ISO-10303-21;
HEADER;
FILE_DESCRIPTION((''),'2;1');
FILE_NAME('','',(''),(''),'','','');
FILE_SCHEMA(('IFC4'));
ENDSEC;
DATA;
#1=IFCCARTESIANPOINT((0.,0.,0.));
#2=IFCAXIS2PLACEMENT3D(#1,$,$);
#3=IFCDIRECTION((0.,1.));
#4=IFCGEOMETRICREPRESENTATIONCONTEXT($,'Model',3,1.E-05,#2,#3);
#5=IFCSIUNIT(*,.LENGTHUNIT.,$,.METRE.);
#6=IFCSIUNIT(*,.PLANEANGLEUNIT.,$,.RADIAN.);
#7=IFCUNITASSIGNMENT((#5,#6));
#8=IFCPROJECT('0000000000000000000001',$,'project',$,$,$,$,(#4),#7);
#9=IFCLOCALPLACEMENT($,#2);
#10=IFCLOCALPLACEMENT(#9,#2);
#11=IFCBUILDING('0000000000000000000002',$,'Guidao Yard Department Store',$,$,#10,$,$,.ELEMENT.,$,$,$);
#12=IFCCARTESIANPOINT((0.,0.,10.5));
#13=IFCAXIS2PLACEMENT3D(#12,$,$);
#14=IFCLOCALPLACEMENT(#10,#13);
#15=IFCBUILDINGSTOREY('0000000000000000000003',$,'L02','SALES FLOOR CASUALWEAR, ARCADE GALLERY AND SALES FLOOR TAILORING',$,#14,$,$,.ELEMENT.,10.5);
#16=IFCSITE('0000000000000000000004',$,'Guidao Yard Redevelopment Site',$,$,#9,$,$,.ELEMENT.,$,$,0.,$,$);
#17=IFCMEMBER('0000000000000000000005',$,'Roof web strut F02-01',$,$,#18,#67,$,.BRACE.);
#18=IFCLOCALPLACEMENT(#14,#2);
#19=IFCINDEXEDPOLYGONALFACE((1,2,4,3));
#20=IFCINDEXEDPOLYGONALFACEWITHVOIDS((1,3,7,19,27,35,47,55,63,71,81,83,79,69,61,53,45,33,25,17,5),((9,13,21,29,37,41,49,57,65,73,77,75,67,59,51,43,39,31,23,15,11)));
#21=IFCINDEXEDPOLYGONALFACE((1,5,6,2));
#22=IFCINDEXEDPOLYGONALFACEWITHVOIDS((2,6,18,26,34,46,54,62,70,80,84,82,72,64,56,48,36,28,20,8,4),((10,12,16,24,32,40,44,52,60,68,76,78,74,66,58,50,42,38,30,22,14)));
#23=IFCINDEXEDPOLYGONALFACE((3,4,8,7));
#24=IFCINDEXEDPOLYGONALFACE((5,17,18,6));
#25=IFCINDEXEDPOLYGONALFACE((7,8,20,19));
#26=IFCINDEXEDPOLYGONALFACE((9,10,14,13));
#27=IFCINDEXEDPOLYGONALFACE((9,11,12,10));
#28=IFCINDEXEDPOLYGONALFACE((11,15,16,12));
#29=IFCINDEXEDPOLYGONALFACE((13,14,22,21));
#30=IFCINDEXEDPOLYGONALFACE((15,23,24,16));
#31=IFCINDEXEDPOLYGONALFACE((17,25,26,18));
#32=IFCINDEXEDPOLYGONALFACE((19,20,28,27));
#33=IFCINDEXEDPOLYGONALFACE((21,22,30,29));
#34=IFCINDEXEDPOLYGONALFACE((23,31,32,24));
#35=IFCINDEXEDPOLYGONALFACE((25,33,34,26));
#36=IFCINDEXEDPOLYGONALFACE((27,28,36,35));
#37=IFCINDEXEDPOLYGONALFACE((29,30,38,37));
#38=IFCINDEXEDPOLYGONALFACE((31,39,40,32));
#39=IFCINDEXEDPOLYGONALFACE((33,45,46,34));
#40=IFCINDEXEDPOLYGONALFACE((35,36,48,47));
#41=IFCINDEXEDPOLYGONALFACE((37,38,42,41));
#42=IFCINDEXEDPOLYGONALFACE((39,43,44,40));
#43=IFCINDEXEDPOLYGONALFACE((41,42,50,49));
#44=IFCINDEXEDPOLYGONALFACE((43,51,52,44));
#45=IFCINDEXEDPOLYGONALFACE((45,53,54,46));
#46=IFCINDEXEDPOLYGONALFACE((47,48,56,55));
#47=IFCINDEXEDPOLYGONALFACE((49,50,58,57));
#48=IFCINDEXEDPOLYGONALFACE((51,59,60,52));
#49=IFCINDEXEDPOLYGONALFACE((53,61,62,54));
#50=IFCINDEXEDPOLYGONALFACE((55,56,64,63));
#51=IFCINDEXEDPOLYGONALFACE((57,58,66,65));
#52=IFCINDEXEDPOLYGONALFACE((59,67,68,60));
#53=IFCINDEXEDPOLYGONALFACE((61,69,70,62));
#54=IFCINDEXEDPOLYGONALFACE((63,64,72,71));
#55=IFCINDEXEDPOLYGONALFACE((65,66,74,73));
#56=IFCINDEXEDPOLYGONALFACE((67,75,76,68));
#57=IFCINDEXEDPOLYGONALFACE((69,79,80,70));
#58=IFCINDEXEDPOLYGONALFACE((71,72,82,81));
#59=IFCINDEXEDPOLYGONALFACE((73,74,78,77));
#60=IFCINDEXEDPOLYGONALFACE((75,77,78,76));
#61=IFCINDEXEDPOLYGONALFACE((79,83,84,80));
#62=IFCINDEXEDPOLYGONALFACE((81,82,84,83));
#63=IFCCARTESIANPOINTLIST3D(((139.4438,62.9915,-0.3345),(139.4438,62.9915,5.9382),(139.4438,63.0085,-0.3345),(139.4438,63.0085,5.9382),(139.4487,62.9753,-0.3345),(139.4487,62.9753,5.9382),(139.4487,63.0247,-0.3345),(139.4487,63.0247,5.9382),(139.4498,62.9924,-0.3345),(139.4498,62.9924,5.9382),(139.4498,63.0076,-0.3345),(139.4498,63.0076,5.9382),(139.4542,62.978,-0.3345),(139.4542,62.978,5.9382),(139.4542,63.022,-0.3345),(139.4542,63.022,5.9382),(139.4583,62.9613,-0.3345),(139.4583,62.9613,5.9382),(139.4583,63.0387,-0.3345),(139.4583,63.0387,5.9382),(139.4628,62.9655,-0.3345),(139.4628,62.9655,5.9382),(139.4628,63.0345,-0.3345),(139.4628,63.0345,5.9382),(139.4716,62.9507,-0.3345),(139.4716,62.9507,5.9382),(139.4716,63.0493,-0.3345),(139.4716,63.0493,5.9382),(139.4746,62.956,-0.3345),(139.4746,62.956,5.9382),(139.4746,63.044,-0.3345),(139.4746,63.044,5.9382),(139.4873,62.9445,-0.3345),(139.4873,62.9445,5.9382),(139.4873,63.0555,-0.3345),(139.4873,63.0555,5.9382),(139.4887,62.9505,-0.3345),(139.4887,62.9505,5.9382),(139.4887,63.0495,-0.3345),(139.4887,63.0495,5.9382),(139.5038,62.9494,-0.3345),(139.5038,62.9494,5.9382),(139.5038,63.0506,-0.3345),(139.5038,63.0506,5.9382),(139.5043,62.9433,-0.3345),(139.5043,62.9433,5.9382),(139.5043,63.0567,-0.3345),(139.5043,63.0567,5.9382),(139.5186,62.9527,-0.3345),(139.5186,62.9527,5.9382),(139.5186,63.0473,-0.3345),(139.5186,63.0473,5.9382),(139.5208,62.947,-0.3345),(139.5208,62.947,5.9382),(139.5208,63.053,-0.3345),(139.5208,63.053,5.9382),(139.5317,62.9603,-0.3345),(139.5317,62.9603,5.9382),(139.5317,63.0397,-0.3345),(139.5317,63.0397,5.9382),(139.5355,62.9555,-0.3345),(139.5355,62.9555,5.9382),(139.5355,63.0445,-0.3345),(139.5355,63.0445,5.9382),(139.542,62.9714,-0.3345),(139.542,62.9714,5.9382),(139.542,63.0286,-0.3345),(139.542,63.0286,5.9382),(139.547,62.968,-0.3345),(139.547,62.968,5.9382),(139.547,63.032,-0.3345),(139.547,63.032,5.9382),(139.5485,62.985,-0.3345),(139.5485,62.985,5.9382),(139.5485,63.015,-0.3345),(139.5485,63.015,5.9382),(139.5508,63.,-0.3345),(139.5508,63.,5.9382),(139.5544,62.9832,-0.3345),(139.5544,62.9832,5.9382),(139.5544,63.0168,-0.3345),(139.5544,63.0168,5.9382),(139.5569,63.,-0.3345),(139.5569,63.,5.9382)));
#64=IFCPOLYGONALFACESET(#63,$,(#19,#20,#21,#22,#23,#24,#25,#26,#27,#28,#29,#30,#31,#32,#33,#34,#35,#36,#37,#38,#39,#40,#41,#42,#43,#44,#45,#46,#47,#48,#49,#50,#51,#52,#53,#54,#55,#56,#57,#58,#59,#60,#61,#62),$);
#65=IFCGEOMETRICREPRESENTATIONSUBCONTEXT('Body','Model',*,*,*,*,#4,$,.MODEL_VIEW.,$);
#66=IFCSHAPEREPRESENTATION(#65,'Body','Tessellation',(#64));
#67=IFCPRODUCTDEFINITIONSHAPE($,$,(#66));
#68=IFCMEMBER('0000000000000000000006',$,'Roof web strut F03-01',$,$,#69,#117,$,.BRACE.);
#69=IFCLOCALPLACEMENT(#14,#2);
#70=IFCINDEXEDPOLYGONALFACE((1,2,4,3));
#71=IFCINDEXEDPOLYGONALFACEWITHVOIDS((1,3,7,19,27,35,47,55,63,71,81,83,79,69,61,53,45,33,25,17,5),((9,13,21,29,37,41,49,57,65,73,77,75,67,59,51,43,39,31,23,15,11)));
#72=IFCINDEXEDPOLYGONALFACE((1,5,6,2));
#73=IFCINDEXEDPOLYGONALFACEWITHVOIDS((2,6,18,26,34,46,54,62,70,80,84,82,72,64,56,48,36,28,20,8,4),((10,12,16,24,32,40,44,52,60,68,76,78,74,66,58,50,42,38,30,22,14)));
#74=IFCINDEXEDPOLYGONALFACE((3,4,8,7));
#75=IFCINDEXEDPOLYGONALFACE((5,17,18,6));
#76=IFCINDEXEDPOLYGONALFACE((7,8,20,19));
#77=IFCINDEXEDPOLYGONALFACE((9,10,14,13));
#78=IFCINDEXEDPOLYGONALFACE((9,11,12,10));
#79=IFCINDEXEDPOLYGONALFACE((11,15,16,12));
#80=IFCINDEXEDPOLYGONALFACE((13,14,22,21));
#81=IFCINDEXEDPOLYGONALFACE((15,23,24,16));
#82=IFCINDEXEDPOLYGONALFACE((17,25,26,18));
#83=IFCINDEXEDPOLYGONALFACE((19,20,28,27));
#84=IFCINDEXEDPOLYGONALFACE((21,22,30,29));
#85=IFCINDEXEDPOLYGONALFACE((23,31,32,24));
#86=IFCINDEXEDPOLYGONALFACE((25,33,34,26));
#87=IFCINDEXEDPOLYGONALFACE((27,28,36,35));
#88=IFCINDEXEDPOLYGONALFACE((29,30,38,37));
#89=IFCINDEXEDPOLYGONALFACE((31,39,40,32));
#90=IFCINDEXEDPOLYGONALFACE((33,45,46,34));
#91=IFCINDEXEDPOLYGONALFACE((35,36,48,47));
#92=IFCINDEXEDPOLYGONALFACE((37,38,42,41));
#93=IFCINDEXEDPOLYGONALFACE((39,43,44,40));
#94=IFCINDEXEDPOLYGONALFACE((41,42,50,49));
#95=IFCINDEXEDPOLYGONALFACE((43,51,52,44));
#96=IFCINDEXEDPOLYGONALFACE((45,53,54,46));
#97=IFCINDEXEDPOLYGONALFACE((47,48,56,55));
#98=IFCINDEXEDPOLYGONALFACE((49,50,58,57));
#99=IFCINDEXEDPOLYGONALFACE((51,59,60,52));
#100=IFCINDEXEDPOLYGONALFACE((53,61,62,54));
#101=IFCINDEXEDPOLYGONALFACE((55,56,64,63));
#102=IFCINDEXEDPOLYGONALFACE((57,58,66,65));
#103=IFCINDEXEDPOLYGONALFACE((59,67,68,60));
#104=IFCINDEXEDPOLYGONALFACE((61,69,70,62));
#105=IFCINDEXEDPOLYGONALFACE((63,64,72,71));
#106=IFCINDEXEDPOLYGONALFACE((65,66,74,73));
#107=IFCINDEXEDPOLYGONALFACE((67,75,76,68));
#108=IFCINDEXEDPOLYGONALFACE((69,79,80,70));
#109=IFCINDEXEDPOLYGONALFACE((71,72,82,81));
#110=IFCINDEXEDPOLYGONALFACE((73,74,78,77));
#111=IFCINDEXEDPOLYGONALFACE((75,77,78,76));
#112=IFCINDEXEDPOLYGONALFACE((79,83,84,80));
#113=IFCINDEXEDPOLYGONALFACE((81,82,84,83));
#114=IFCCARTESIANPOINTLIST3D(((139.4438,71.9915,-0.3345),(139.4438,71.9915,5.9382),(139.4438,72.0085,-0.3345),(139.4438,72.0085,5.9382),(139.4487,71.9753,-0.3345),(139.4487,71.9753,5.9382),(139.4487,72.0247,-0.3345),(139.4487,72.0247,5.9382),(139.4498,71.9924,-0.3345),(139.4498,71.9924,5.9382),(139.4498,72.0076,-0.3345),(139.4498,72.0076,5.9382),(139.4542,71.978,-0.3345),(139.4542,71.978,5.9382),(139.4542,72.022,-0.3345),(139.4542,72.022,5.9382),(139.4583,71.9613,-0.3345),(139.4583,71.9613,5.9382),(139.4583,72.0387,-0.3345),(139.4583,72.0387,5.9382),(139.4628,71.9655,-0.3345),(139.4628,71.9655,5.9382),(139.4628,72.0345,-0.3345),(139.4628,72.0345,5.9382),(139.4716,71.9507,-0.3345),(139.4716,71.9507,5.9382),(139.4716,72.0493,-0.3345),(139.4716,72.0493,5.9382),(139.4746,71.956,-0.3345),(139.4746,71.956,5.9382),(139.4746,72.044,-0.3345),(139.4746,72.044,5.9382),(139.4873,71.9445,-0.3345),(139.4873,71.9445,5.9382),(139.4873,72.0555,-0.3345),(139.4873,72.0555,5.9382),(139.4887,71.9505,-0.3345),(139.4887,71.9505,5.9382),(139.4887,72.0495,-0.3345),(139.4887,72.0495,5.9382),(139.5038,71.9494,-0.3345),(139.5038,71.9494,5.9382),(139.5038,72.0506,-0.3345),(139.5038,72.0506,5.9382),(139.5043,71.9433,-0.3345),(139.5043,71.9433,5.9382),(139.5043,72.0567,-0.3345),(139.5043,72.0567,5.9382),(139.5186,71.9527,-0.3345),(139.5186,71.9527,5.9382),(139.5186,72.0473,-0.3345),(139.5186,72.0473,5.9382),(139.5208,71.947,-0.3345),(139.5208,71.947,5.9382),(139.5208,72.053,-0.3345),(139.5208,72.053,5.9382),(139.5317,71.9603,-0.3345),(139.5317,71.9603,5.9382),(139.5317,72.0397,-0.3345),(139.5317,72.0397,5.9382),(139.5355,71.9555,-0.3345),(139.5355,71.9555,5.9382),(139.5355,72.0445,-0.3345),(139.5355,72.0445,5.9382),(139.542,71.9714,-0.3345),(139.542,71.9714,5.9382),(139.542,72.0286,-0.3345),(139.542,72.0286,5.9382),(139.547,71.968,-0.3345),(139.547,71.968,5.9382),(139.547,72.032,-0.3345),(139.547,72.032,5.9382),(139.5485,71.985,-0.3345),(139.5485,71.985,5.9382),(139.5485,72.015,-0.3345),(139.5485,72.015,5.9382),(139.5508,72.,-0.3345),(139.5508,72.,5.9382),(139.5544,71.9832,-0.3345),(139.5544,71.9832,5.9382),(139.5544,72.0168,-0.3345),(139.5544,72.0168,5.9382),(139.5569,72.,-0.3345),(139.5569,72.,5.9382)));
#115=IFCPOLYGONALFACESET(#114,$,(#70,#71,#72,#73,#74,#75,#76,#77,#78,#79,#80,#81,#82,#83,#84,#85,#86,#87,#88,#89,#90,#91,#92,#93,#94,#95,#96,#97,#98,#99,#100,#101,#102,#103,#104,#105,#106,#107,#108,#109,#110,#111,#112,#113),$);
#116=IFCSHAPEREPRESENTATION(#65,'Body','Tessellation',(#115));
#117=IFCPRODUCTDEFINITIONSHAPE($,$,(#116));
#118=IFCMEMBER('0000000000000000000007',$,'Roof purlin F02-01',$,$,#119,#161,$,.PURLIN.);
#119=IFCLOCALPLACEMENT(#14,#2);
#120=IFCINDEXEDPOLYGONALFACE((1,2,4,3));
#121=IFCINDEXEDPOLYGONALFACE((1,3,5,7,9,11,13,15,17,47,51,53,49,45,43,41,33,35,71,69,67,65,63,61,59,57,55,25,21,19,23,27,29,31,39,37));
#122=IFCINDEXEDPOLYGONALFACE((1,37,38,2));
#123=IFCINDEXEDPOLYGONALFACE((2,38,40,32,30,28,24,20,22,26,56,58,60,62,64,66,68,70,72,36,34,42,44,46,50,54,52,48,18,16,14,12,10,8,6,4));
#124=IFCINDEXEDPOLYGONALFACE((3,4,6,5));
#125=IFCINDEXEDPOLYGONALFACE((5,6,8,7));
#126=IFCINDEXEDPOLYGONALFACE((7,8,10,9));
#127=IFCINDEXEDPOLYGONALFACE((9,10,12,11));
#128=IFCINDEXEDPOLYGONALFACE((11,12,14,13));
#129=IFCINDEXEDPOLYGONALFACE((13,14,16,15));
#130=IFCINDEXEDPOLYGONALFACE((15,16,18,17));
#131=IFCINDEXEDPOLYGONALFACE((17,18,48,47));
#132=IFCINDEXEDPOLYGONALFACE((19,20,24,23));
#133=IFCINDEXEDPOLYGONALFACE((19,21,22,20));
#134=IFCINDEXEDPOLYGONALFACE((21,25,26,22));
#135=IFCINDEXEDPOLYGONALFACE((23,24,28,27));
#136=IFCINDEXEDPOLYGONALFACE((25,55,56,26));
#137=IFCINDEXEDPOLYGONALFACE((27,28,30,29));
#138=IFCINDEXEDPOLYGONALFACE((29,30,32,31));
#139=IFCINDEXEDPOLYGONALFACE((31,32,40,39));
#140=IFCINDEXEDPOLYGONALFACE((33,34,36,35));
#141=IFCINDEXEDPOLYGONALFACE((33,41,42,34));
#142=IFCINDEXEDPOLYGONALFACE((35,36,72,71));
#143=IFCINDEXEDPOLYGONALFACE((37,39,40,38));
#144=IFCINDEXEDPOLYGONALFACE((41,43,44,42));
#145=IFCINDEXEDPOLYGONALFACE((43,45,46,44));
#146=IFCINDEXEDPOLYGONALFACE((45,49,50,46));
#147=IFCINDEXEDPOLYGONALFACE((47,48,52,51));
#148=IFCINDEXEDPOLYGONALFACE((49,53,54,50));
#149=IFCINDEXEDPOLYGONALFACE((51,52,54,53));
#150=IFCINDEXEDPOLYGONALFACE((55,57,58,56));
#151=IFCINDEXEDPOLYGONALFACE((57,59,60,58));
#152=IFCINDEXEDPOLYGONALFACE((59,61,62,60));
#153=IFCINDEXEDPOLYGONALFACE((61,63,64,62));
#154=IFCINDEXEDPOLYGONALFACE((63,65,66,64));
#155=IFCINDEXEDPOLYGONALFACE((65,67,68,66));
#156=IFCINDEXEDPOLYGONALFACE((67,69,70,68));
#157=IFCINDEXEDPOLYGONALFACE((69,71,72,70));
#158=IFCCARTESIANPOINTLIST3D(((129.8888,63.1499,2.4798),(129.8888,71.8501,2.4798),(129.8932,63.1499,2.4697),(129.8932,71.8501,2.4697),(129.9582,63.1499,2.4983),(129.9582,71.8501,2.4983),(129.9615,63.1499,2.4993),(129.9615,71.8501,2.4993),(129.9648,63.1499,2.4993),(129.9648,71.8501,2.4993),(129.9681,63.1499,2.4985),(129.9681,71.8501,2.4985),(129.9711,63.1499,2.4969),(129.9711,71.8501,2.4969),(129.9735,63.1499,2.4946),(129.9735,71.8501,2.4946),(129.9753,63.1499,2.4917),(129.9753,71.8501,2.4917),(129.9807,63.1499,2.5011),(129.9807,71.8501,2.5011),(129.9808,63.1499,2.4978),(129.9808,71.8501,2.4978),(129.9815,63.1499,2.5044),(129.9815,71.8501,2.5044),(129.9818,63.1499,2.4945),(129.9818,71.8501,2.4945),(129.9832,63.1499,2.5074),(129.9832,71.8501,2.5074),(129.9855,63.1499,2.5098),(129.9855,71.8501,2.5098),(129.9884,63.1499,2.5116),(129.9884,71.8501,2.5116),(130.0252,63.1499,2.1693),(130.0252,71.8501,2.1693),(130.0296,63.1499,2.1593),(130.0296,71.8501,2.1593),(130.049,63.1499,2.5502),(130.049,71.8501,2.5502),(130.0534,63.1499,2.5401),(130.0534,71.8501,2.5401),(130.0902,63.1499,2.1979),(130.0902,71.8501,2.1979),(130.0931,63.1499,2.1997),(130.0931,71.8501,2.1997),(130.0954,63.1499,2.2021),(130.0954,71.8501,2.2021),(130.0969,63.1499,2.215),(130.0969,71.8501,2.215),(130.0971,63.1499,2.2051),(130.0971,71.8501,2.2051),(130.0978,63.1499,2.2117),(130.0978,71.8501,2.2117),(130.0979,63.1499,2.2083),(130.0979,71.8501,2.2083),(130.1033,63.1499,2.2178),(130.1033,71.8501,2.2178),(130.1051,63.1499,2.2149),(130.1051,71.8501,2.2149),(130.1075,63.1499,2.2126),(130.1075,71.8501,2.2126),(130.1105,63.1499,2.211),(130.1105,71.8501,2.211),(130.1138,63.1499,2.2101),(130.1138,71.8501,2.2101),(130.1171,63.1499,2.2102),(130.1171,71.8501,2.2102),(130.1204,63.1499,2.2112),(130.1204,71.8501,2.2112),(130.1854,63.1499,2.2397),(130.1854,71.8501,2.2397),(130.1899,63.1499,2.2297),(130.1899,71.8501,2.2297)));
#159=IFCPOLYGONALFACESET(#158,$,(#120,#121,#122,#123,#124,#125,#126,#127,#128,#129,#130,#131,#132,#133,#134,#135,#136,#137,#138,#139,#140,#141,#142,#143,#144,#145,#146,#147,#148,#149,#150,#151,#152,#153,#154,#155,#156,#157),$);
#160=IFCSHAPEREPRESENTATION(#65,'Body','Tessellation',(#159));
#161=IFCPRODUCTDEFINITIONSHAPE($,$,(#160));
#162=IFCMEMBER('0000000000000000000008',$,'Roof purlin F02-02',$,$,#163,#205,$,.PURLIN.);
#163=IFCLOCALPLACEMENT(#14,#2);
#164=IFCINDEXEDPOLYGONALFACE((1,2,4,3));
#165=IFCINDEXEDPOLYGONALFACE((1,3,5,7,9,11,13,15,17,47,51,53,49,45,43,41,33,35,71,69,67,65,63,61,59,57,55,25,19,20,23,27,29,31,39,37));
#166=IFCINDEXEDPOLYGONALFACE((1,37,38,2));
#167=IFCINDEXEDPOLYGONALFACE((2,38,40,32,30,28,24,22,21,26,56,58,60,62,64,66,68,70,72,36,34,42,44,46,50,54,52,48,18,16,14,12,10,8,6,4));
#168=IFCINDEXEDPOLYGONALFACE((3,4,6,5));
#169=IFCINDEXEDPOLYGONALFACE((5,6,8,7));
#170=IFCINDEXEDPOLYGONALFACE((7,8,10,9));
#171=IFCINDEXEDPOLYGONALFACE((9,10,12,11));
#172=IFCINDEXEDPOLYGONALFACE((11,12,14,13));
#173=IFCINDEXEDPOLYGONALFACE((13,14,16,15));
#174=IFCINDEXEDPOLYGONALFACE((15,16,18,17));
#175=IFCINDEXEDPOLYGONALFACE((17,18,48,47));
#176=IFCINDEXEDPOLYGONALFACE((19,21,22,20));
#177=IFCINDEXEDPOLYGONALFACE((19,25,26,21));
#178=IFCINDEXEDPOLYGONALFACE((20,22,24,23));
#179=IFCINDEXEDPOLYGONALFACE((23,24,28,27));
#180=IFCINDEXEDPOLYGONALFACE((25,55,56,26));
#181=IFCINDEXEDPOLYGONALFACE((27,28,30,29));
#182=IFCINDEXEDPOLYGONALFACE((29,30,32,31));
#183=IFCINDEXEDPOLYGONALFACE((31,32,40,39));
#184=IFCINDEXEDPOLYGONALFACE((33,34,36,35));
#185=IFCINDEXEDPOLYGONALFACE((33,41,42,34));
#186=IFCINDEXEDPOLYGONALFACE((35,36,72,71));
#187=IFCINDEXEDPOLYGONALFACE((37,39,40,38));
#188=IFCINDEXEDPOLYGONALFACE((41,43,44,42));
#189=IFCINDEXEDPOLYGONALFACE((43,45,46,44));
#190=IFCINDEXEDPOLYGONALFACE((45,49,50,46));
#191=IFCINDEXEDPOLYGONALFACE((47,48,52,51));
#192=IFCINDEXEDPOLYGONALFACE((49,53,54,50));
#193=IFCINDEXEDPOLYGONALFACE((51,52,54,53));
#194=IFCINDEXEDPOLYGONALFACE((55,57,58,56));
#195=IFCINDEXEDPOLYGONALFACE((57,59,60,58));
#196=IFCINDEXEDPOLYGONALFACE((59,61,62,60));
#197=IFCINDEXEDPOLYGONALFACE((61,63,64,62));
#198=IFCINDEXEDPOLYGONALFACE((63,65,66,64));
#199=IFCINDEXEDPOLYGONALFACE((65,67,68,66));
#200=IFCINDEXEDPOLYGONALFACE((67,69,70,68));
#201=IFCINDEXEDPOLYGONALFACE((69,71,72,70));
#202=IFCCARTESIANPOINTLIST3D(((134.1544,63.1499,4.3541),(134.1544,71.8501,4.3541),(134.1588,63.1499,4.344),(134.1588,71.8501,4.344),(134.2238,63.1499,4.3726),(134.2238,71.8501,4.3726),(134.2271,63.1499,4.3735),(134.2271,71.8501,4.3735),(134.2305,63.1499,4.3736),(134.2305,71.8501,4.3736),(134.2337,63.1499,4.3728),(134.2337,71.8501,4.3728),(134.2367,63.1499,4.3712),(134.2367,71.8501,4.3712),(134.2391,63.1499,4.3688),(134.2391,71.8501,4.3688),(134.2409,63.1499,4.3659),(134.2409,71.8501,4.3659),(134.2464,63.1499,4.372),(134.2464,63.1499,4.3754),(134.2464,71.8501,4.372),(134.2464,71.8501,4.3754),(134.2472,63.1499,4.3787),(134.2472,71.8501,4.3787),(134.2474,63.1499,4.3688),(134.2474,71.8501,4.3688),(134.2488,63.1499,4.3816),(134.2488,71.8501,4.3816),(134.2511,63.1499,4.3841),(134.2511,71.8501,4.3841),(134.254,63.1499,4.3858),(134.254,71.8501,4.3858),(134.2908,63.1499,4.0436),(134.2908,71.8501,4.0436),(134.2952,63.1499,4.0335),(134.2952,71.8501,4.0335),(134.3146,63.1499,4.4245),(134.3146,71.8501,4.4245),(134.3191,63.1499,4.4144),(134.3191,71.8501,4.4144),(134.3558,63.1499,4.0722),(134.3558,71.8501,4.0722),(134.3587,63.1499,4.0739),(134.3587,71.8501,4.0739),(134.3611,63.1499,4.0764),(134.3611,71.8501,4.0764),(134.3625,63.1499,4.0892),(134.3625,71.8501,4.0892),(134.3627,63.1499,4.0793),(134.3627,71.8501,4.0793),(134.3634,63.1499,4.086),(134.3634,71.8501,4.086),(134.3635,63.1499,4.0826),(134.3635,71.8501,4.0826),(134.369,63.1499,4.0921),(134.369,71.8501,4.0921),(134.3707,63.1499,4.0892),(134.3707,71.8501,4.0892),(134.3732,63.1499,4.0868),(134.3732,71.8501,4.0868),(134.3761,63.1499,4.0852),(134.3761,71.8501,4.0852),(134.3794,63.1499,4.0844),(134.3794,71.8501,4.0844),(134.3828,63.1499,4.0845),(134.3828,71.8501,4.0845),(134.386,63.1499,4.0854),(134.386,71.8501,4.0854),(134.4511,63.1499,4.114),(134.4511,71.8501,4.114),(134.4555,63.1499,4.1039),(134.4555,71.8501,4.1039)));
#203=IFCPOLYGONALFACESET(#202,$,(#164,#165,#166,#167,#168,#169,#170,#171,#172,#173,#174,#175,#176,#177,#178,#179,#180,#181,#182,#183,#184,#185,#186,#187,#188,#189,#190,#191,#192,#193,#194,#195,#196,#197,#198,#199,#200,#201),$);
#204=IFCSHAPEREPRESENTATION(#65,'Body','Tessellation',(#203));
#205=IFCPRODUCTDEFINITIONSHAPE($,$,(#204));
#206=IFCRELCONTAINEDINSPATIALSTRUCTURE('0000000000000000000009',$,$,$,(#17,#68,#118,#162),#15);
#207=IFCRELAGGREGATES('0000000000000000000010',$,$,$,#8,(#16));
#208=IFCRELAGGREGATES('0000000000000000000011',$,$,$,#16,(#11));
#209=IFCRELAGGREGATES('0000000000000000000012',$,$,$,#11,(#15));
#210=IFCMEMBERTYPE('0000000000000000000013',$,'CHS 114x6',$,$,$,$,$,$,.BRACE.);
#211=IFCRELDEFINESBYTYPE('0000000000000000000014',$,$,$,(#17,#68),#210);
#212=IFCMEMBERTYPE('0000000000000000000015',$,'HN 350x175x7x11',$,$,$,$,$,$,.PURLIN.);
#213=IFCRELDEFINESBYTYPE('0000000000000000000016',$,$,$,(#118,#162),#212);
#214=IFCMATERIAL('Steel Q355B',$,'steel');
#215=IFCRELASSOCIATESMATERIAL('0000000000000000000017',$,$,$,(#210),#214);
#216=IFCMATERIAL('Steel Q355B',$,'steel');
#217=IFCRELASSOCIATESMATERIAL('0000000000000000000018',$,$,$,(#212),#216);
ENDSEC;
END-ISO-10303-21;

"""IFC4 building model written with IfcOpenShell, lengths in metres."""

from ifc_helpers import new_model, si_unit, direction, frame, origin, origin_2d, place, context, subcontext, project, spatial, hollow_circle, i_section, extrude, material, material_profile, profile_set, type_object, element, save


model = new_model("IFC4")

# Units and contexts
model_context = context("Model", 3, precision=1e-05, world=origin(), true_north=direction((0.0, 1.0)))
body_context = subcontext(model_context, "Body", "Model", "MODEL_VIEW")
ifc_project = project(units=[si_unit("LENGTHUNIT", "METRE"), si_unit("PLANEANGLEUNIT", "RADIAN")], contexts=[model_context])

# Site, building, storey
site_placement = place(None, origin())
site = spatial("IfcSite", under=ifc_project, at=site_placement, Name="Guidao Yard Redevelopment Site", CompositionType="ELEMENT", RefElevation=0.0)
building_placement = place(site_placement, origin())
building = spatial("IfcBuilding", under=site, at=building_placement, Name="Guidao Yard Department Store", CompositionType="ELEMENT")
storey_placement = place(building_placement, frame((0.0, 0.0, 10.5)))
storey = spatial("IfcBuildingStorey", under=building, at=storey_placement, Name="L02", Description="SALES FLOOR CASUALWEAR, ARCADE GALLERY AND SALES FLOOR TAILORING", CompositionType="ELEMENT", Elevation=10.5)

# Members
ifc_material_1 = material(Name="Steel Q355B", Category="steel")
ifc_material_profile_1 = material_profile(ifc_material_1, hollow_circle(Radius=0.0569, WallThickness=0.0061, at=origin_2d()), Name="CHS 114x6")
ifc_profile_set_1 = profile_set([ifc_material_profile_1], Name="Steel Q355B")
member_type_1 = type_object("IfcMemberType", Name="CHS 114x6", PredefinedType="BRACE", material=ifc_profile_set_1)
for number, where, z_axis, x_axis, name in (
    (1, (139.5, 63.0, -0.3345), (0.0, 0.0, 1.0), (1.0, 0.0, 0.0), "Roof web strut F02-01"),
    (2, (139.5, 72.0, -0.3345), (0.0, 0.0, 1.0), (1.0, 0.0, 0.0), "Roof web strut F03-01"),
):
    element("IfcMember", number, at=place(storey_placement, frame(where, z_axis=z_axis, x_axis=x_axis)), inside=storey, type_object=member_type_1, Name=name, PredefinedType="BRACE", context=body_context, shape_type="SweptSolid", body=[
        extrude(hollow_circle(Radius=0.0569, WallThickness=0.0061, at=origin_2d()), origin(), (0.0, 0.0, 1.0), 6.2727),
    ])
ifc_material_2 = material(Name="Steel Q355B", Category="steel")
ifc_material_profile_2 = material_profile(ifc_material_2, i_section(OverallWidth=0.175, OverallDepth=0.3501, WebThickness=0.0071, FlangeThickness=0.011, FilletRadius=0.0129, at=origin_2d()), Name="HN 350x175x7x11")
ifc_profile_set_2 = profile_set([ifc_material_profile_2], Name="Steel Q355B")
member_type_2 = type_object("IfcMemberType", Name="HN 350x175x7x11", PredefinedType="PURLIN", material=ifc_profile_set_2)
for number, where, z_axis, x_axis, name in (
    (3, (130.0393, 63.1499, 2.3547), (0.0, 1.0, 0.0), (-0.915526, 0.0, -0.402258), "Roof purlin F02-01"),
    (4, (134.3049, 63.1499, 4.229), (0.0, 1.0, 0.0), (-0.915526, 0.0, -0.402258), "Roof purlin F02-02"),
):
    element("IfcMember", number, at=place(storey_placement, frame(where, z_axis=z_axis, x_axis=x_axis)), inside=storey, type_object=member_type_2, Name=name, PredefinedType="PURLIN", context=body_context, shape_type="SweptSolid", body=[
        extrude(i_section(OverallWidth=0.175, OverallDepth=0.3501, WebThickness=0.0071, FlangeThickness=0.011, FilletRadius=0.0129, at=origin_2d()), origin(), (0.0, 0.0, 1.0), 8.7002),
    ])

save(model, "model.ifc")
